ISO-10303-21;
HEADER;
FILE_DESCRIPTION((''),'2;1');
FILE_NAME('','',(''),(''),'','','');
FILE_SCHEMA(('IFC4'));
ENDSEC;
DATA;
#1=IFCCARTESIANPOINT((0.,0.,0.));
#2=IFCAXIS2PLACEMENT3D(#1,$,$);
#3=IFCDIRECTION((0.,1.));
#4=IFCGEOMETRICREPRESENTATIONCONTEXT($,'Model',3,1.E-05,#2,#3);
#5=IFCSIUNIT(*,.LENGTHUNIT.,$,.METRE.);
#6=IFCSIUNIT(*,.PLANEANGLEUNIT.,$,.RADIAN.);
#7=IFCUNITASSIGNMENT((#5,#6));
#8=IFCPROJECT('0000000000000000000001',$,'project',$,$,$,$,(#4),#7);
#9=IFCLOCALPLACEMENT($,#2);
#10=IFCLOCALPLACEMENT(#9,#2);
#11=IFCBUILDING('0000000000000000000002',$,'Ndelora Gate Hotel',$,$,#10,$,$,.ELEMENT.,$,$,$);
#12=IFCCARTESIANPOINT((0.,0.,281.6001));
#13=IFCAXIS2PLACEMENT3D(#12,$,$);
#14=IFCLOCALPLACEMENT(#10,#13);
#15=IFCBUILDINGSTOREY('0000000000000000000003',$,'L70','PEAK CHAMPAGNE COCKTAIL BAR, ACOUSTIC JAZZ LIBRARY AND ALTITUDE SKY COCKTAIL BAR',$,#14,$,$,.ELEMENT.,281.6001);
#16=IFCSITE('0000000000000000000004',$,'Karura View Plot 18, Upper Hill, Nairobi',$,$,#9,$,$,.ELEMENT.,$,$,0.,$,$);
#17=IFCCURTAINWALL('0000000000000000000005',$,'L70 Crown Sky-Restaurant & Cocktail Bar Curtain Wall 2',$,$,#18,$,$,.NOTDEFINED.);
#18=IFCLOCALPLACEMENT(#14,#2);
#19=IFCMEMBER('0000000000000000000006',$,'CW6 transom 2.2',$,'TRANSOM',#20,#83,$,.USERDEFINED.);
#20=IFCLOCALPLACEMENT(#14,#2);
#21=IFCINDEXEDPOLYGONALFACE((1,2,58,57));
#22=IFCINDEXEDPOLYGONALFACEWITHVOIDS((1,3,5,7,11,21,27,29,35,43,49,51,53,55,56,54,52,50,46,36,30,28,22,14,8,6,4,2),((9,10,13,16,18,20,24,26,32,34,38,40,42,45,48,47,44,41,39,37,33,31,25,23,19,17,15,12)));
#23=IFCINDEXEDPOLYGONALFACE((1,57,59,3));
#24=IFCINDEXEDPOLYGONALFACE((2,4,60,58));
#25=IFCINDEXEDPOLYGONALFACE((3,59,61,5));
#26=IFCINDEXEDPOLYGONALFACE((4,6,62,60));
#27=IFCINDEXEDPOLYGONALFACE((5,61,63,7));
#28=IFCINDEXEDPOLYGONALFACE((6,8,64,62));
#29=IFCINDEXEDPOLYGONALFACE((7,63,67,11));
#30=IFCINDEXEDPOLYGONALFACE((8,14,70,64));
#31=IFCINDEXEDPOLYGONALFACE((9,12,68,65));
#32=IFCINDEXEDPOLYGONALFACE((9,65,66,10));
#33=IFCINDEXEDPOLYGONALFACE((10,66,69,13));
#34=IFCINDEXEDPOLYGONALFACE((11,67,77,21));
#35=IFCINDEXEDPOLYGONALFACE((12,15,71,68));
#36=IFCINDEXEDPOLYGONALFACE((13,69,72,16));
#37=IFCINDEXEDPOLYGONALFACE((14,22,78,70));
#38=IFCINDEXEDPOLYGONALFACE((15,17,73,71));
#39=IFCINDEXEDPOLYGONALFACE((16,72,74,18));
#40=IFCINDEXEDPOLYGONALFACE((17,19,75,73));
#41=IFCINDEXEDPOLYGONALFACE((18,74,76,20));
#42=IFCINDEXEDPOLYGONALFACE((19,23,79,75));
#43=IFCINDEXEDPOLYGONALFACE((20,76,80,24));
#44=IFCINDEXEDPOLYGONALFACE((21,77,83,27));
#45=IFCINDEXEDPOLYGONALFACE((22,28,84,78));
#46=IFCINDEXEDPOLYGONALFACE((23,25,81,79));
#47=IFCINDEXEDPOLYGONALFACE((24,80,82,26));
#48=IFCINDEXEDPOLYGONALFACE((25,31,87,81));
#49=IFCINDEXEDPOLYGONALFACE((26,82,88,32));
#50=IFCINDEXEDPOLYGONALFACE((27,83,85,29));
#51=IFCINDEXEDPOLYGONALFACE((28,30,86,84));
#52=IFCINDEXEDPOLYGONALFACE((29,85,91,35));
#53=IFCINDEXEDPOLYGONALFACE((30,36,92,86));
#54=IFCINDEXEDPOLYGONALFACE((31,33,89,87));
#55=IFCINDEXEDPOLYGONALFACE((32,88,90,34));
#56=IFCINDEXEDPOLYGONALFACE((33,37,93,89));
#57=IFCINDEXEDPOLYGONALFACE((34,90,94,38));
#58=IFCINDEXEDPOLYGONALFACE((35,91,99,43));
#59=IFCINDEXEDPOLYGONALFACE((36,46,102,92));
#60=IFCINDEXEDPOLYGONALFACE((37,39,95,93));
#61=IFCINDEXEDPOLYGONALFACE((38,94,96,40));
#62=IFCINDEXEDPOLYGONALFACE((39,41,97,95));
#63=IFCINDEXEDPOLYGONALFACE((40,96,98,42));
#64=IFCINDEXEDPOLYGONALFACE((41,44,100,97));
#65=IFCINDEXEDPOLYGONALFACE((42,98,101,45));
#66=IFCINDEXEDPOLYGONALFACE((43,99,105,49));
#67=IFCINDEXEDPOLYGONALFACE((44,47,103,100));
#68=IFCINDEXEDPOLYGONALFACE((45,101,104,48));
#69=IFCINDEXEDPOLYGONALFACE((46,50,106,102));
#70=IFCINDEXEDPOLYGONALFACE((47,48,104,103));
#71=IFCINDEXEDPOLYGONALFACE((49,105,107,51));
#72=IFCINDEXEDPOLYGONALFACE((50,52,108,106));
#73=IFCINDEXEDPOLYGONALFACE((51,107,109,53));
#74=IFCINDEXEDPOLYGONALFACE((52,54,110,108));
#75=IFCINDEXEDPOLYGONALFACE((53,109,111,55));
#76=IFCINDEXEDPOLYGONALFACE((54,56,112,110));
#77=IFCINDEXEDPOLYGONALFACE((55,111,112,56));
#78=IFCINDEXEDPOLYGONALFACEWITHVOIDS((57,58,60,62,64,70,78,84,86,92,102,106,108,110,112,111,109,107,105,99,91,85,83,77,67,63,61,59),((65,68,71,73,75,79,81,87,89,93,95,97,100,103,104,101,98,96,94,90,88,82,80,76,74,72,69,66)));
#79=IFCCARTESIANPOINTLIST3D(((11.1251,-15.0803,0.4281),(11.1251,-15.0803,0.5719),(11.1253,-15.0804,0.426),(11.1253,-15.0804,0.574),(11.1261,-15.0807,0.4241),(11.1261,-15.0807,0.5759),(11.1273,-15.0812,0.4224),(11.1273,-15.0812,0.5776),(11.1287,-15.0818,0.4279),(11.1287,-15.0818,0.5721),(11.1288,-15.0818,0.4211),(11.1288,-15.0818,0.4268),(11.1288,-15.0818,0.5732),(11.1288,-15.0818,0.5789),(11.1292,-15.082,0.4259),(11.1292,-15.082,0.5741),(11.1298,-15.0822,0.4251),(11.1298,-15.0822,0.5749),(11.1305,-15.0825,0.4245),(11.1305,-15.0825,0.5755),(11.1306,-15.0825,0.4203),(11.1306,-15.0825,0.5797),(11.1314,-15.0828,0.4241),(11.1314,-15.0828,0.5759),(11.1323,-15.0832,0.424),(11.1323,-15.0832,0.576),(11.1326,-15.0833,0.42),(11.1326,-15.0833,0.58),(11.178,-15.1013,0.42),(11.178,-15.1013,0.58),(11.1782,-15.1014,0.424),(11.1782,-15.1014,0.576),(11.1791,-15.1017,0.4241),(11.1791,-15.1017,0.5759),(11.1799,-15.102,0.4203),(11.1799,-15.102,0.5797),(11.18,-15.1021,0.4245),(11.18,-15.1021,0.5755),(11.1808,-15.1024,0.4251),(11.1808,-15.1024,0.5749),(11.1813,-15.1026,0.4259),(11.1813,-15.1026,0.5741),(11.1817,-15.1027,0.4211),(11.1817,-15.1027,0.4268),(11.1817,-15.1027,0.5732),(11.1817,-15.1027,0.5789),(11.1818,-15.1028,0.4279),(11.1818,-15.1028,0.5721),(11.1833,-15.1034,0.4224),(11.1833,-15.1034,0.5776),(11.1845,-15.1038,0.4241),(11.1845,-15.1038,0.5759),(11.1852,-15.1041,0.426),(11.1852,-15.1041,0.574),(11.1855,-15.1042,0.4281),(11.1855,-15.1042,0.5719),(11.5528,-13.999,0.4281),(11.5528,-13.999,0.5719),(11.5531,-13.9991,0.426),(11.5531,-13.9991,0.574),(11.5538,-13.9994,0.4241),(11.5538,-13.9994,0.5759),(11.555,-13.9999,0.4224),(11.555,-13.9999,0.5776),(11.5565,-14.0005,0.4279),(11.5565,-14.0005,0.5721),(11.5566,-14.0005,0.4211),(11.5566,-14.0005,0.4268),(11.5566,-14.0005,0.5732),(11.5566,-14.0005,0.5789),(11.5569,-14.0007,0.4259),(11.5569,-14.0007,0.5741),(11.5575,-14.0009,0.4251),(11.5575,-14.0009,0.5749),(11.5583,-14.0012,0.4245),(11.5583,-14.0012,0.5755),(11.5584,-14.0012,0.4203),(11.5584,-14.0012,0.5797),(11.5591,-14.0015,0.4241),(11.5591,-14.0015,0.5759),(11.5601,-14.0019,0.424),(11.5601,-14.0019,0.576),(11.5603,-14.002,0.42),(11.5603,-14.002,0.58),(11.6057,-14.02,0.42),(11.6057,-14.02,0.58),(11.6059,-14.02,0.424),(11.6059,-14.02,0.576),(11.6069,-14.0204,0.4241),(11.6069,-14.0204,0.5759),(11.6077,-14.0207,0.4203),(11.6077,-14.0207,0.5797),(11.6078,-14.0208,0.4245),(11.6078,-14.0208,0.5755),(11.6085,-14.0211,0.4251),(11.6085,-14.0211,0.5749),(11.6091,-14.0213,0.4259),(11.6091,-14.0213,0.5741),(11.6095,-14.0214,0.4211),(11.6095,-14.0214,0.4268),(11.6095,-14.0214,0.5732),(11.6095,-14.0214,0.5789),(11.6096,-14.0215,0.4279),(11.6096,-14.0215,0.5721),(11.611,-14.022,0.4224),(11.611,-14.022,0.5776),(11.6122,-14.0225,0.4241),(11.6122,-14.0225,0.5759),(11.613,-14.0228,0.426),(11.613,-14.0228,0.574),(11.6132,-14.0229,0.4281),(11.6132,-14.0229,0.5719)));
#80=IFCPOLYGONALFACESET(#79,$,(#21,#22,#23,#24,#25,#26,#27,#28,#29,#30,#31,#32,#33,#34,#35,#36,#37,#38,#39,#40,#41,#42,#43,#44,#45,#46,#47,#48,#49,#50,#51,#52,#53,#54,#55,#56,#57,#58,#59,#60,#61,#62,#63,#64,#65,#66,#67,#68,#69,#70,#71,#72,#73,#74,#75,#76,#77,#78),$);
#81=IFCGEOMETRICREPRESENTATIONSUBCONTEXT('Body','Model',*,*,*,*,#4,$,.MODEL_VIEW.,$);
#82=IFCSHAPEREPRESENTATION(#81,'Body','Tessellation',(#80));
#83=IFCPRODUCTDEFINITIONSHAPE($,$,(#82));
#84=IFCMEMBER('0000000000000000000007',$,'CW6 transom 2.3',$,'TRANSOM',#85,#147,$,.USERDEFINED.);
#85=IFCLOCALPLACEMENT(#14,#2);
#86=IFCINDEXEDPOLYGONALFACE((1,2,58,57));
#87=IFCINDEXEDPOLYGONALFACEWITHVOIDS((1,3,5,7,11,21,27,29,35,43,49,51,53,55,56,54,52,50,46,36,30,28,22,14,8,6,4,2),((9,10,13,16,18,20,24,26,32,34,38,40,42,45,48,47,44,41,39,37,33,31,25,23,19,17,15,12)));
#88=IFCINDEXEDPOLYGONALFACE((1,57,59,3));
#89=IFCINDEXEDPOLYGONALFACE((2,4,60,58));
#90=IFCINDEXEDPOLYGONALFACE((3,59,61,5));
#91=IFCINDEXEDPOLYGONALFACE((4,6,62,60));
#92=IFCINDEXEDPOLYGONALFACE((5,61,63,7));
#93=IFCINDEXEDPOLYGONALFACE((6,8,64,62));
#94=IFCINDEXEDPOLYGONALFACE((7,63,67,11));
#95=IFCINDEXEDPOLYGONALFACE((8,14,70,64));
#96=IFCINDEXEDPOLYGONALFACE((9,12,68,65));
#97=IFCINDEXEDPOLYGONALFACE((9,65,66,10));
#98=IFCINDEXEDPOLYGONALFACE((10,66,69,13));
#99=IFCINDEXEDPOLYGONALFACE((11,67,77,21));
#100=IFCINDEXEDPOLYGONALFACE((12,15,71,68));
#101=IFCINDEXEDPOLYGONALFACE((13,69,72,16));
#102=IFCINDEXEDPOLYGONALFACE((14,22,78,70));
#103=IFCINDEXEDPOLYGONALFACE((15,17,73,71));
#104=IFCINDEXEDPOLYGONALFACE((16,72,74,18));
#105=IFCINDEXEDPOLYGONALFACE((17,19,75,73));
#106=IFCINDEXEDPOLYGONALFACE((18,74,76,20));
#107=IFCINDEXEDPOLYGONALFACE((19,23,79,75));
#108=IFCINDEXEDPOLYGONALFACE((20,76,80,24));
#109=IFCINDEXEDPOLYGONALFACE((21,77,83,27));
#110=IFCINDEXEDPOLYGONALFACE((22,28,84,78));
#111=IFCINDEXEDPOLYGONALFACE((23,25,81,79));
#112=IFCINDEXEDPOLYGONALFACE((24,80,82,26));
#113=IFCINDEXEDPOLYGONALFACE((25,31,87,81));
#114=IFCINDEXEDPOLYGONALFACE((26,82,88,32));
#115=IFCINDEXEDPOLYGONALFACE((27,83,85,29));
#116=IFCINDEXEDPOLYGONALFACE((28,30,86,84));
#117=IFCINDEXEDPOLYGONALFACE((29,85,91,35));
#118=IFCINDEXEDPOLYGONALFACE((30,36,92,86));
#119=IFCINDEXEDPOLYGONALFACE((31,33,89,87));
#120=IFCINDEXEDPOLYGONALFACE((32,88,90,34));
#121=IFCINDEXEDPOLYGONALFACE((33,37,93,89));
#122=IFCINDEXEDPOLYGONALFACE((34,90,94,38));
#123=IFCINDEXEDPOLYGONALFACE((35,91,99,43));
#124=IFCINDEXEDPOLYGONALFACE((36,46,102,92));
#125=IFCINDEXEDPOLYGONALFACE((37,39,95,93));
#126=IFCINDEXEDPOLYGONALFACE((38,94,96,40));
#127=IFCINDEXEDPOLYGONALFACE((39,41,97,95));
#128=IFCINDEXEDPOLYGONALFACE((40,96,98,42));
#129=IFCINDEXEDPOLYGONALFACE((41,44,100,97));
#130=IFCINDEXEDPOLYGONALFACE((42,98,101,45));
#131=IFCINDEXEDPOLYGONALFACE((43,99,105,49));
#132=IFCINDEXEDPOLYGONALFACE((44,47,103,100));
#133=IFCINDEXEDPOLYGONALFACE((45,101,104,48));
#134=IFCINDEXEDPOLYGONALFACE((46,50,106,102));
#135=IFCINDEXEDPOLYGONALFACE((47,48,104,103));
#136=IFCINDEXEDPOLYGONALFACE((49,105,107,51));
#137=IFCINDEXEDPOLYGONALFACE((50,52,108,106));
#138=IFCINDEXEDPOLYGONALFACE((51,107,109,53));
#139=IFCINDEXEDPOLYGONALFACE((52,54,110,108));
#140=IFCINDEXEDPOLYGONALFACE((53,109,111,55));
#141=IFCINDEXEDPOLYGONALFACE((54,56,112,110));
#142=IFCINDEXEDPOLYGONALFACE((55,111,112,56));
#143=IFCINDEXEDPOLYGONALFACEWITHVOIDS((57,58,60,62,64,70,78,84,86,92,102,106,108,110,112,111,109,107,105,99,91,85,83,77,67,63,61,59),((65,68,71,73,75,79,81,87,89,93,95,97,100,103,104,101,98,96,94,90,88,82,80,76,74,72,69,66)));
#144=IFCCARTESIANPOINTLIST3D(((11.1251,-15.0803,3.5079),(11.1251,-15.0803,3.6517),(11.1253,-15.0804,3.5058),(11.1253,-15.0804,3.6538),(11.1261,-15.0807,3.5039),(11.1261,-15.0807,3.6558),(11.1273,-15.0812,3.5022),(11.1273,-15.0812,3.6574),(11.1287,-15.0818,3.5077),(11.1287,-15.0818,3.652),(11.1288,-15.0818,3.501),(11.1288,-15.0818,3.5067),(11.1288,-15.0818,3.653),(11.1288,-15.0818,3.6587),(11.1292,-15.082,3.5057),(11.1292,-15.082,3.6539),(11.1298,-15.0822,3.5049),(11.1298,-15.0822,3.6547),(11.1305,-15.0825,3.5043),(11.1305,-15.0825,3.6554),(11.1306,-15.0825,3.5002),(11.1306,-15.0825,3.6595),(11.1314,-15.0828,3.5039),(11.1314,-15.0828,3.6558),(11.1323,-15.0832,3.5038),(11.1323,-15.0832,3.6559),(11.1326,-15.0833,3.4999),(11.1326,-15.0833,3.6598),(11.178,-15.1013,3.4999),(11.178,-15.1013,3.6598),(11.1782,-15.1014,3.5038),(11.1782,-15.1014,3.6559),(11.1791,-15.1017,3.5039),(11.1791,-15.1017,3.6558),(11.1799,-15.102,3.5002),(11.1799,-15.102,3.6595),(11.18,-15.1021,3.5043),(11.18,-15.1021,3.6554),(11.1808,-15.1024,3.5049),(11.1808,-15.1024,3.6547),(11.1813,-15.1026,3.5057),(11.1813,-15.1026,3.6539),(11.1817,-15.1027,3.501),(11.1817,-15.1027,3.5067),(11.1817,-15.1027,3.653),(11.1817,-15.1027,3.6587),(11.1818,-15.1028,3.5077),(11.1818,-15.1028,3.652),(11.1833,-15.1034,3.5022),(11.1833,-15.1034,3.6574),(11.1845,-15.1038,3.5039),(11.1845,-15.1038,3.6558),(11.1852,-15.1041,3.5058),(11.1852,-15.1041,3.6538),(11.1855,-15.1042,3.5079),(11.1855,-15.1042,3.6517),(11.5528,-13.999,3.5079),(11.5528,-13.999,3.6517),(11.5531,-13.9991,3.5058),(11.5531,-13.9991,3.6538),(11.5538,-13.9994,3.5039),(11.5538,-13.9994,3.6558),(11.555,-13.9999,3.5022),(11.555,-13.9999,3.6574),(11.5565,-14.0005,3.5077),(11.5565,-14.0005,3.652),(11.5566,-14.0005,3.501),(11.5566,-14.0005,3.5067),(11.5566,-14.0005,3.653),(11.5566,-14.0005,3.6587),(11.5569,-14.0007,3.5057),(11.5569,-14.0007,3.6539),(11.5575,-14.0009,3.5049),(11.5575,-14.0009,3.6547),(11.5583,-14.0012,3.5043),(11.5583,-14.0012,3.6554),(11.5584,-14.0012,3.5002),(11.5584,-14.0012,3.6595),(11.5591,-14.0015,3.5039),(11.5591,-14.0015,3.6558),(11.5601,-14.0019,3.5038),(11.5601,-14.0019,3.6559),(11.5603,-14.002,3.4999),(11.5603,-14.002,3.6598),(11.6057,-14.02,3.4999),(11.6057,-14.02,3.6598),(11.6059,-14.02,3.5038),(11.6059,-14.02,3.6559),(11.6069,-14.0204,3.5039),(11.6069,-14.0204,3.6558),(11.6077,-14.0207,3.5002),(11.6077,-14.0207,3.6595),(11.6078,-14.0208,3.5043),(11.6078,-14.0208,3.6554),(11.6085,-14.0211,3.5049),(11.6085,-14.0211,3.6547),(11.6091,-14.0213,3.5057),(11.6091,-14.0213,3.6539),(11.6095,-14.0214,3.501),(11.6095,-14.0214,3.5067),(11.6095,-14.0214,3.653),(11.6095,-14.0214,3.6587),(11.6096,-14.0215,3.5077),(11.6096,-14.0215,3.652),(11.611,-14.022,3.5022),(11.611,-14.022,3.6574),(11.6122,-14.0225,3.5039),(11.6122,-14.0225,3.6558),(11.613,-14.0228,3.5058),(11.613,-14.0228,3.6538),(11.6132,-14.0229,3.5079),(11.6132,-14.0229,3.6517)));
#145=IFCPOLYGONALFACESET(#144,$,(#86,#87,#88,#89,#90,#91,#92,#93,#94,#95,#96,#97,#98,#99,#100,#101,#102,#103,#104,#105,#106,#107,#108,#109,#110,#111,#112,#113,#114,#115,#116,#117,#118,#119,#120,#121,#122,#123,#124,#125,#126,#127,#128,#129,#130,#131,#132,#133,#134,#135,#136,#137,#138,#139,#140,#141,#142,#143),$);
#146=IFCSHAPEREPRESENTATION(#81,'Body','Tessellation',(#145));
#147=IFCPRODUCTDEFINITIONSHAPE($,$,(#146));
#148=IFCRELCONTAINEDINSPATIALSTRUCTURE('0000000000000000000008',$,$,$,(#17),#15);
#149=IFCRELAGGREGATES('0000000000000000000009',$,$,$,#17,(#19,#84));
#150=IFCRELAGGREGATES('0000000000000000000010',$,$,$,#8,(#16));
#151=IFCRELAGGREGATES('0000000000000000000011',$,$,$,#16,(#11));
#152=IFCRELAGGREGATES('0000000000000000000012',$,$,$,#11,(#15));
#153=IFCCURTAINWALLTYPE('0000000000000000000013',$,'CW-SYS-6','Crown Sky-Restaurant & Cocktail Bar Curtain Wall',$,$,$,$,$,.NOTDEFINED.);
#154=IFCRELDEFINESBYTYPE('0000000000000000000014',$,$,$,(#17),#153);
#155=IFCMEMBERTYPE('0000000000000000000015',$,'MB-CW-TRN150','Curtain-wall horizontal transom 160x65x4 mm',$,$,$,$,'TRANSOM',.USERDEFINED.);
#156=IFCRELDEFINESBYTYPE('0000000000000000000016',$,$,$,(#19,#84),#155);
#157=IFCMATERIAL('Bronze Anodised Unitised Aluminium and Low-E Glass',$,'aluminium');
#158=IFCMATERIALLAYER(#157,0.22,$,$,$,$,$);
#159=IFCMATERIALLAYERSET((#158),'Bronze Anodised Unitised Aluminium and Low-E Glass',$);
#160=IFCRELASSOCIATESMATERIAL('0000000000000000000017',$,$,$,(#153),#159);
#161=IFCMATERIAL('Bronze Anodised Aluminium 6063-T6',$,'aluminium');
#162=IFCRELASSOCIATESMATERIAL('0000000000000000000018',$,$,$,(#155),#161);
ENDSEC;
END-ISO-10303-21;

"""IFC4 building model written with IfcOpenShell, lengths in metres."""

from ifc_helpers import new_model, si_unit, direction, frame, origin, origin_2d, place, context, subcontext, project, spatial, hollow_rectangle, extrude, material, layer, layer_set, material_profile, profile_set, type_object, element, aggregate, save


model = new_model("IFC4")

# Units and contexts
model_context = context("Model", 3, precision=1e-05, world=origin(), true_north=direction((0.0, 1.0)))
body_context = subcontext(model_context, "Body", "Model", "MODEL_VIEW")
ifc_project = project(units=[si_unit("LENGTHUNIT", "METRE"), si_unit("PLANEANGLEUNIT", "RADIAN")], contexts=[model_context])

# Site, building, storey
site_placement = place(None, origin())
site = spatial("IfcSite", under=ifc_project, at=site_placement, Name="Karura View Plot 18, Upper Hill, Nairobi", CompositionType="ELEMENT", RefElevation=0.0)
building_placement = place(site_placement, origin())
building = spatial("IfcBuilding", under=site, at=building_placement, Name="Ndelora Gate Hotel", CompositionType="ELEMENT")
storey_placement = place(building_placement, frame((0.0, 0.0, 281.6001)))
storey = spatial("IfcBuildingStorey", under=building, at=storey_placement, Name="L70", Description="PEAK CHAMPAGNE COCKTAIL BAR, ACOUSTIC JAZZ LIBRARY AND ALTITUDE SKY COCKTAIL BAR", CompositionType="ELEMENT", Elevation=281.6001)

# Curtain wall, members
ifc_material_1 = material(Name="Bronze Anodised Unitised Aluminium and Low-E Glass", Category="aluminium")
ifc_layer_1 = layer(ifc_material_1, 0.22)
ifc_layer_set_1 = layer_set([ifc_layer_1], Name="Bronze Anodised Unitised Aluminium and Low-E Glass")
curtain_wall_type = type_object("IfcCurtainWallType", Name="CW-SYS-6", Description="Crown Sky-Restaurant & Cocktail Bar Curtain Wall", PredefinedType="NOTDEFINED", material=ifc_layer_set_1)
curtain_wall_placement = place(storey_placement, origin())
curtain_wall = element("IfcCurtainWall", 1, at=curtain_wall_placement, inside=storey, type_object=curtain_wall_type, Name="L70 Crown Sky-Restaurant & Cocktail Bar Curtain Wall 2", PredefinedType="NOTDEFINED")
ifc_material_2 = material(Name="Bronze Anodised Aluminium 6063-T6", Category="aluminium")
ifc_material_profile_1 = material_profile(ifc_material_2, hollow_rectangle(XDim=0.0649, YDim=0.1599, WallThickness=0.0039, InnerFilletRadius=0.0039, OuterFilletRadius=0.0081, at=origin_2d()), Name="ALU 160x65x4")
ifc_profile_set_1 = profile_set([ifc_material_profile_1], Name="Bronze Anodised Aluminium 6063-T6")
member_type_1 = type_object("IfcMemberType", Name="MB-CW-TRN150", Description="Curtain-wall horizontal transom 160x65x4 mm", ElementType="TRANSOM", PredefinedType="USERDEFINED", material=ifc_profile_set_1)
member_1_placement = place(storey_placement, frame((11.1553, -15.0923, 0.5), z_axis=(0.36784, 0.929889, 0.0), x_axis=(-0.929889, 0.36784, 0.0)))
member_1 = element("IfcMember", 2, at=member_1_placement, type_object=member_type_1, Name="CW6 transom 2.2", ObjectType="TRANSOM", PredefinedType="USERDEFINED", context=body_context, shape_type="SweptSolid", body=[
    extrude(hollow_rectangle(XDim=0.0649, YDim=0.1599, WallThickness=0.0039, InnerFilletRadius=0.0039, OuterFilletRadius=0.0081, at=origin_2d()), origin(), (0.0, 0.0, 1.0), 1.1628),
])
member_2_placement = place(storey_placement, frame((11.1553, -15.0923, 3.5798), z_axis=(0.36784, 0.929889, 0.0), x_axis=(-0.929889, 0.36784, 0.0)))
member_2 = element("IfcMember", 3, at=member_2_placement, type_object=member_type_1, Name="CW6 transom 2.3", ObjectType="TRANSOM", PredefinedType="USERDEFINED", context=body_context, shape_type="SweptSolid", body=[
    extrude(hollow_rectangle(XDim=0.0649, YDim=0.1599, WallThickness=0.0039, InnerFilletRadius=0.0039, OuterFilletRadius=0.0081, at=origin_2d()), origin(), (0.0, 0.0, 1.0), 1.1628),
])
aggregate(curtain_wall, [member_1, member_2])

save(model, "model.ifc")
